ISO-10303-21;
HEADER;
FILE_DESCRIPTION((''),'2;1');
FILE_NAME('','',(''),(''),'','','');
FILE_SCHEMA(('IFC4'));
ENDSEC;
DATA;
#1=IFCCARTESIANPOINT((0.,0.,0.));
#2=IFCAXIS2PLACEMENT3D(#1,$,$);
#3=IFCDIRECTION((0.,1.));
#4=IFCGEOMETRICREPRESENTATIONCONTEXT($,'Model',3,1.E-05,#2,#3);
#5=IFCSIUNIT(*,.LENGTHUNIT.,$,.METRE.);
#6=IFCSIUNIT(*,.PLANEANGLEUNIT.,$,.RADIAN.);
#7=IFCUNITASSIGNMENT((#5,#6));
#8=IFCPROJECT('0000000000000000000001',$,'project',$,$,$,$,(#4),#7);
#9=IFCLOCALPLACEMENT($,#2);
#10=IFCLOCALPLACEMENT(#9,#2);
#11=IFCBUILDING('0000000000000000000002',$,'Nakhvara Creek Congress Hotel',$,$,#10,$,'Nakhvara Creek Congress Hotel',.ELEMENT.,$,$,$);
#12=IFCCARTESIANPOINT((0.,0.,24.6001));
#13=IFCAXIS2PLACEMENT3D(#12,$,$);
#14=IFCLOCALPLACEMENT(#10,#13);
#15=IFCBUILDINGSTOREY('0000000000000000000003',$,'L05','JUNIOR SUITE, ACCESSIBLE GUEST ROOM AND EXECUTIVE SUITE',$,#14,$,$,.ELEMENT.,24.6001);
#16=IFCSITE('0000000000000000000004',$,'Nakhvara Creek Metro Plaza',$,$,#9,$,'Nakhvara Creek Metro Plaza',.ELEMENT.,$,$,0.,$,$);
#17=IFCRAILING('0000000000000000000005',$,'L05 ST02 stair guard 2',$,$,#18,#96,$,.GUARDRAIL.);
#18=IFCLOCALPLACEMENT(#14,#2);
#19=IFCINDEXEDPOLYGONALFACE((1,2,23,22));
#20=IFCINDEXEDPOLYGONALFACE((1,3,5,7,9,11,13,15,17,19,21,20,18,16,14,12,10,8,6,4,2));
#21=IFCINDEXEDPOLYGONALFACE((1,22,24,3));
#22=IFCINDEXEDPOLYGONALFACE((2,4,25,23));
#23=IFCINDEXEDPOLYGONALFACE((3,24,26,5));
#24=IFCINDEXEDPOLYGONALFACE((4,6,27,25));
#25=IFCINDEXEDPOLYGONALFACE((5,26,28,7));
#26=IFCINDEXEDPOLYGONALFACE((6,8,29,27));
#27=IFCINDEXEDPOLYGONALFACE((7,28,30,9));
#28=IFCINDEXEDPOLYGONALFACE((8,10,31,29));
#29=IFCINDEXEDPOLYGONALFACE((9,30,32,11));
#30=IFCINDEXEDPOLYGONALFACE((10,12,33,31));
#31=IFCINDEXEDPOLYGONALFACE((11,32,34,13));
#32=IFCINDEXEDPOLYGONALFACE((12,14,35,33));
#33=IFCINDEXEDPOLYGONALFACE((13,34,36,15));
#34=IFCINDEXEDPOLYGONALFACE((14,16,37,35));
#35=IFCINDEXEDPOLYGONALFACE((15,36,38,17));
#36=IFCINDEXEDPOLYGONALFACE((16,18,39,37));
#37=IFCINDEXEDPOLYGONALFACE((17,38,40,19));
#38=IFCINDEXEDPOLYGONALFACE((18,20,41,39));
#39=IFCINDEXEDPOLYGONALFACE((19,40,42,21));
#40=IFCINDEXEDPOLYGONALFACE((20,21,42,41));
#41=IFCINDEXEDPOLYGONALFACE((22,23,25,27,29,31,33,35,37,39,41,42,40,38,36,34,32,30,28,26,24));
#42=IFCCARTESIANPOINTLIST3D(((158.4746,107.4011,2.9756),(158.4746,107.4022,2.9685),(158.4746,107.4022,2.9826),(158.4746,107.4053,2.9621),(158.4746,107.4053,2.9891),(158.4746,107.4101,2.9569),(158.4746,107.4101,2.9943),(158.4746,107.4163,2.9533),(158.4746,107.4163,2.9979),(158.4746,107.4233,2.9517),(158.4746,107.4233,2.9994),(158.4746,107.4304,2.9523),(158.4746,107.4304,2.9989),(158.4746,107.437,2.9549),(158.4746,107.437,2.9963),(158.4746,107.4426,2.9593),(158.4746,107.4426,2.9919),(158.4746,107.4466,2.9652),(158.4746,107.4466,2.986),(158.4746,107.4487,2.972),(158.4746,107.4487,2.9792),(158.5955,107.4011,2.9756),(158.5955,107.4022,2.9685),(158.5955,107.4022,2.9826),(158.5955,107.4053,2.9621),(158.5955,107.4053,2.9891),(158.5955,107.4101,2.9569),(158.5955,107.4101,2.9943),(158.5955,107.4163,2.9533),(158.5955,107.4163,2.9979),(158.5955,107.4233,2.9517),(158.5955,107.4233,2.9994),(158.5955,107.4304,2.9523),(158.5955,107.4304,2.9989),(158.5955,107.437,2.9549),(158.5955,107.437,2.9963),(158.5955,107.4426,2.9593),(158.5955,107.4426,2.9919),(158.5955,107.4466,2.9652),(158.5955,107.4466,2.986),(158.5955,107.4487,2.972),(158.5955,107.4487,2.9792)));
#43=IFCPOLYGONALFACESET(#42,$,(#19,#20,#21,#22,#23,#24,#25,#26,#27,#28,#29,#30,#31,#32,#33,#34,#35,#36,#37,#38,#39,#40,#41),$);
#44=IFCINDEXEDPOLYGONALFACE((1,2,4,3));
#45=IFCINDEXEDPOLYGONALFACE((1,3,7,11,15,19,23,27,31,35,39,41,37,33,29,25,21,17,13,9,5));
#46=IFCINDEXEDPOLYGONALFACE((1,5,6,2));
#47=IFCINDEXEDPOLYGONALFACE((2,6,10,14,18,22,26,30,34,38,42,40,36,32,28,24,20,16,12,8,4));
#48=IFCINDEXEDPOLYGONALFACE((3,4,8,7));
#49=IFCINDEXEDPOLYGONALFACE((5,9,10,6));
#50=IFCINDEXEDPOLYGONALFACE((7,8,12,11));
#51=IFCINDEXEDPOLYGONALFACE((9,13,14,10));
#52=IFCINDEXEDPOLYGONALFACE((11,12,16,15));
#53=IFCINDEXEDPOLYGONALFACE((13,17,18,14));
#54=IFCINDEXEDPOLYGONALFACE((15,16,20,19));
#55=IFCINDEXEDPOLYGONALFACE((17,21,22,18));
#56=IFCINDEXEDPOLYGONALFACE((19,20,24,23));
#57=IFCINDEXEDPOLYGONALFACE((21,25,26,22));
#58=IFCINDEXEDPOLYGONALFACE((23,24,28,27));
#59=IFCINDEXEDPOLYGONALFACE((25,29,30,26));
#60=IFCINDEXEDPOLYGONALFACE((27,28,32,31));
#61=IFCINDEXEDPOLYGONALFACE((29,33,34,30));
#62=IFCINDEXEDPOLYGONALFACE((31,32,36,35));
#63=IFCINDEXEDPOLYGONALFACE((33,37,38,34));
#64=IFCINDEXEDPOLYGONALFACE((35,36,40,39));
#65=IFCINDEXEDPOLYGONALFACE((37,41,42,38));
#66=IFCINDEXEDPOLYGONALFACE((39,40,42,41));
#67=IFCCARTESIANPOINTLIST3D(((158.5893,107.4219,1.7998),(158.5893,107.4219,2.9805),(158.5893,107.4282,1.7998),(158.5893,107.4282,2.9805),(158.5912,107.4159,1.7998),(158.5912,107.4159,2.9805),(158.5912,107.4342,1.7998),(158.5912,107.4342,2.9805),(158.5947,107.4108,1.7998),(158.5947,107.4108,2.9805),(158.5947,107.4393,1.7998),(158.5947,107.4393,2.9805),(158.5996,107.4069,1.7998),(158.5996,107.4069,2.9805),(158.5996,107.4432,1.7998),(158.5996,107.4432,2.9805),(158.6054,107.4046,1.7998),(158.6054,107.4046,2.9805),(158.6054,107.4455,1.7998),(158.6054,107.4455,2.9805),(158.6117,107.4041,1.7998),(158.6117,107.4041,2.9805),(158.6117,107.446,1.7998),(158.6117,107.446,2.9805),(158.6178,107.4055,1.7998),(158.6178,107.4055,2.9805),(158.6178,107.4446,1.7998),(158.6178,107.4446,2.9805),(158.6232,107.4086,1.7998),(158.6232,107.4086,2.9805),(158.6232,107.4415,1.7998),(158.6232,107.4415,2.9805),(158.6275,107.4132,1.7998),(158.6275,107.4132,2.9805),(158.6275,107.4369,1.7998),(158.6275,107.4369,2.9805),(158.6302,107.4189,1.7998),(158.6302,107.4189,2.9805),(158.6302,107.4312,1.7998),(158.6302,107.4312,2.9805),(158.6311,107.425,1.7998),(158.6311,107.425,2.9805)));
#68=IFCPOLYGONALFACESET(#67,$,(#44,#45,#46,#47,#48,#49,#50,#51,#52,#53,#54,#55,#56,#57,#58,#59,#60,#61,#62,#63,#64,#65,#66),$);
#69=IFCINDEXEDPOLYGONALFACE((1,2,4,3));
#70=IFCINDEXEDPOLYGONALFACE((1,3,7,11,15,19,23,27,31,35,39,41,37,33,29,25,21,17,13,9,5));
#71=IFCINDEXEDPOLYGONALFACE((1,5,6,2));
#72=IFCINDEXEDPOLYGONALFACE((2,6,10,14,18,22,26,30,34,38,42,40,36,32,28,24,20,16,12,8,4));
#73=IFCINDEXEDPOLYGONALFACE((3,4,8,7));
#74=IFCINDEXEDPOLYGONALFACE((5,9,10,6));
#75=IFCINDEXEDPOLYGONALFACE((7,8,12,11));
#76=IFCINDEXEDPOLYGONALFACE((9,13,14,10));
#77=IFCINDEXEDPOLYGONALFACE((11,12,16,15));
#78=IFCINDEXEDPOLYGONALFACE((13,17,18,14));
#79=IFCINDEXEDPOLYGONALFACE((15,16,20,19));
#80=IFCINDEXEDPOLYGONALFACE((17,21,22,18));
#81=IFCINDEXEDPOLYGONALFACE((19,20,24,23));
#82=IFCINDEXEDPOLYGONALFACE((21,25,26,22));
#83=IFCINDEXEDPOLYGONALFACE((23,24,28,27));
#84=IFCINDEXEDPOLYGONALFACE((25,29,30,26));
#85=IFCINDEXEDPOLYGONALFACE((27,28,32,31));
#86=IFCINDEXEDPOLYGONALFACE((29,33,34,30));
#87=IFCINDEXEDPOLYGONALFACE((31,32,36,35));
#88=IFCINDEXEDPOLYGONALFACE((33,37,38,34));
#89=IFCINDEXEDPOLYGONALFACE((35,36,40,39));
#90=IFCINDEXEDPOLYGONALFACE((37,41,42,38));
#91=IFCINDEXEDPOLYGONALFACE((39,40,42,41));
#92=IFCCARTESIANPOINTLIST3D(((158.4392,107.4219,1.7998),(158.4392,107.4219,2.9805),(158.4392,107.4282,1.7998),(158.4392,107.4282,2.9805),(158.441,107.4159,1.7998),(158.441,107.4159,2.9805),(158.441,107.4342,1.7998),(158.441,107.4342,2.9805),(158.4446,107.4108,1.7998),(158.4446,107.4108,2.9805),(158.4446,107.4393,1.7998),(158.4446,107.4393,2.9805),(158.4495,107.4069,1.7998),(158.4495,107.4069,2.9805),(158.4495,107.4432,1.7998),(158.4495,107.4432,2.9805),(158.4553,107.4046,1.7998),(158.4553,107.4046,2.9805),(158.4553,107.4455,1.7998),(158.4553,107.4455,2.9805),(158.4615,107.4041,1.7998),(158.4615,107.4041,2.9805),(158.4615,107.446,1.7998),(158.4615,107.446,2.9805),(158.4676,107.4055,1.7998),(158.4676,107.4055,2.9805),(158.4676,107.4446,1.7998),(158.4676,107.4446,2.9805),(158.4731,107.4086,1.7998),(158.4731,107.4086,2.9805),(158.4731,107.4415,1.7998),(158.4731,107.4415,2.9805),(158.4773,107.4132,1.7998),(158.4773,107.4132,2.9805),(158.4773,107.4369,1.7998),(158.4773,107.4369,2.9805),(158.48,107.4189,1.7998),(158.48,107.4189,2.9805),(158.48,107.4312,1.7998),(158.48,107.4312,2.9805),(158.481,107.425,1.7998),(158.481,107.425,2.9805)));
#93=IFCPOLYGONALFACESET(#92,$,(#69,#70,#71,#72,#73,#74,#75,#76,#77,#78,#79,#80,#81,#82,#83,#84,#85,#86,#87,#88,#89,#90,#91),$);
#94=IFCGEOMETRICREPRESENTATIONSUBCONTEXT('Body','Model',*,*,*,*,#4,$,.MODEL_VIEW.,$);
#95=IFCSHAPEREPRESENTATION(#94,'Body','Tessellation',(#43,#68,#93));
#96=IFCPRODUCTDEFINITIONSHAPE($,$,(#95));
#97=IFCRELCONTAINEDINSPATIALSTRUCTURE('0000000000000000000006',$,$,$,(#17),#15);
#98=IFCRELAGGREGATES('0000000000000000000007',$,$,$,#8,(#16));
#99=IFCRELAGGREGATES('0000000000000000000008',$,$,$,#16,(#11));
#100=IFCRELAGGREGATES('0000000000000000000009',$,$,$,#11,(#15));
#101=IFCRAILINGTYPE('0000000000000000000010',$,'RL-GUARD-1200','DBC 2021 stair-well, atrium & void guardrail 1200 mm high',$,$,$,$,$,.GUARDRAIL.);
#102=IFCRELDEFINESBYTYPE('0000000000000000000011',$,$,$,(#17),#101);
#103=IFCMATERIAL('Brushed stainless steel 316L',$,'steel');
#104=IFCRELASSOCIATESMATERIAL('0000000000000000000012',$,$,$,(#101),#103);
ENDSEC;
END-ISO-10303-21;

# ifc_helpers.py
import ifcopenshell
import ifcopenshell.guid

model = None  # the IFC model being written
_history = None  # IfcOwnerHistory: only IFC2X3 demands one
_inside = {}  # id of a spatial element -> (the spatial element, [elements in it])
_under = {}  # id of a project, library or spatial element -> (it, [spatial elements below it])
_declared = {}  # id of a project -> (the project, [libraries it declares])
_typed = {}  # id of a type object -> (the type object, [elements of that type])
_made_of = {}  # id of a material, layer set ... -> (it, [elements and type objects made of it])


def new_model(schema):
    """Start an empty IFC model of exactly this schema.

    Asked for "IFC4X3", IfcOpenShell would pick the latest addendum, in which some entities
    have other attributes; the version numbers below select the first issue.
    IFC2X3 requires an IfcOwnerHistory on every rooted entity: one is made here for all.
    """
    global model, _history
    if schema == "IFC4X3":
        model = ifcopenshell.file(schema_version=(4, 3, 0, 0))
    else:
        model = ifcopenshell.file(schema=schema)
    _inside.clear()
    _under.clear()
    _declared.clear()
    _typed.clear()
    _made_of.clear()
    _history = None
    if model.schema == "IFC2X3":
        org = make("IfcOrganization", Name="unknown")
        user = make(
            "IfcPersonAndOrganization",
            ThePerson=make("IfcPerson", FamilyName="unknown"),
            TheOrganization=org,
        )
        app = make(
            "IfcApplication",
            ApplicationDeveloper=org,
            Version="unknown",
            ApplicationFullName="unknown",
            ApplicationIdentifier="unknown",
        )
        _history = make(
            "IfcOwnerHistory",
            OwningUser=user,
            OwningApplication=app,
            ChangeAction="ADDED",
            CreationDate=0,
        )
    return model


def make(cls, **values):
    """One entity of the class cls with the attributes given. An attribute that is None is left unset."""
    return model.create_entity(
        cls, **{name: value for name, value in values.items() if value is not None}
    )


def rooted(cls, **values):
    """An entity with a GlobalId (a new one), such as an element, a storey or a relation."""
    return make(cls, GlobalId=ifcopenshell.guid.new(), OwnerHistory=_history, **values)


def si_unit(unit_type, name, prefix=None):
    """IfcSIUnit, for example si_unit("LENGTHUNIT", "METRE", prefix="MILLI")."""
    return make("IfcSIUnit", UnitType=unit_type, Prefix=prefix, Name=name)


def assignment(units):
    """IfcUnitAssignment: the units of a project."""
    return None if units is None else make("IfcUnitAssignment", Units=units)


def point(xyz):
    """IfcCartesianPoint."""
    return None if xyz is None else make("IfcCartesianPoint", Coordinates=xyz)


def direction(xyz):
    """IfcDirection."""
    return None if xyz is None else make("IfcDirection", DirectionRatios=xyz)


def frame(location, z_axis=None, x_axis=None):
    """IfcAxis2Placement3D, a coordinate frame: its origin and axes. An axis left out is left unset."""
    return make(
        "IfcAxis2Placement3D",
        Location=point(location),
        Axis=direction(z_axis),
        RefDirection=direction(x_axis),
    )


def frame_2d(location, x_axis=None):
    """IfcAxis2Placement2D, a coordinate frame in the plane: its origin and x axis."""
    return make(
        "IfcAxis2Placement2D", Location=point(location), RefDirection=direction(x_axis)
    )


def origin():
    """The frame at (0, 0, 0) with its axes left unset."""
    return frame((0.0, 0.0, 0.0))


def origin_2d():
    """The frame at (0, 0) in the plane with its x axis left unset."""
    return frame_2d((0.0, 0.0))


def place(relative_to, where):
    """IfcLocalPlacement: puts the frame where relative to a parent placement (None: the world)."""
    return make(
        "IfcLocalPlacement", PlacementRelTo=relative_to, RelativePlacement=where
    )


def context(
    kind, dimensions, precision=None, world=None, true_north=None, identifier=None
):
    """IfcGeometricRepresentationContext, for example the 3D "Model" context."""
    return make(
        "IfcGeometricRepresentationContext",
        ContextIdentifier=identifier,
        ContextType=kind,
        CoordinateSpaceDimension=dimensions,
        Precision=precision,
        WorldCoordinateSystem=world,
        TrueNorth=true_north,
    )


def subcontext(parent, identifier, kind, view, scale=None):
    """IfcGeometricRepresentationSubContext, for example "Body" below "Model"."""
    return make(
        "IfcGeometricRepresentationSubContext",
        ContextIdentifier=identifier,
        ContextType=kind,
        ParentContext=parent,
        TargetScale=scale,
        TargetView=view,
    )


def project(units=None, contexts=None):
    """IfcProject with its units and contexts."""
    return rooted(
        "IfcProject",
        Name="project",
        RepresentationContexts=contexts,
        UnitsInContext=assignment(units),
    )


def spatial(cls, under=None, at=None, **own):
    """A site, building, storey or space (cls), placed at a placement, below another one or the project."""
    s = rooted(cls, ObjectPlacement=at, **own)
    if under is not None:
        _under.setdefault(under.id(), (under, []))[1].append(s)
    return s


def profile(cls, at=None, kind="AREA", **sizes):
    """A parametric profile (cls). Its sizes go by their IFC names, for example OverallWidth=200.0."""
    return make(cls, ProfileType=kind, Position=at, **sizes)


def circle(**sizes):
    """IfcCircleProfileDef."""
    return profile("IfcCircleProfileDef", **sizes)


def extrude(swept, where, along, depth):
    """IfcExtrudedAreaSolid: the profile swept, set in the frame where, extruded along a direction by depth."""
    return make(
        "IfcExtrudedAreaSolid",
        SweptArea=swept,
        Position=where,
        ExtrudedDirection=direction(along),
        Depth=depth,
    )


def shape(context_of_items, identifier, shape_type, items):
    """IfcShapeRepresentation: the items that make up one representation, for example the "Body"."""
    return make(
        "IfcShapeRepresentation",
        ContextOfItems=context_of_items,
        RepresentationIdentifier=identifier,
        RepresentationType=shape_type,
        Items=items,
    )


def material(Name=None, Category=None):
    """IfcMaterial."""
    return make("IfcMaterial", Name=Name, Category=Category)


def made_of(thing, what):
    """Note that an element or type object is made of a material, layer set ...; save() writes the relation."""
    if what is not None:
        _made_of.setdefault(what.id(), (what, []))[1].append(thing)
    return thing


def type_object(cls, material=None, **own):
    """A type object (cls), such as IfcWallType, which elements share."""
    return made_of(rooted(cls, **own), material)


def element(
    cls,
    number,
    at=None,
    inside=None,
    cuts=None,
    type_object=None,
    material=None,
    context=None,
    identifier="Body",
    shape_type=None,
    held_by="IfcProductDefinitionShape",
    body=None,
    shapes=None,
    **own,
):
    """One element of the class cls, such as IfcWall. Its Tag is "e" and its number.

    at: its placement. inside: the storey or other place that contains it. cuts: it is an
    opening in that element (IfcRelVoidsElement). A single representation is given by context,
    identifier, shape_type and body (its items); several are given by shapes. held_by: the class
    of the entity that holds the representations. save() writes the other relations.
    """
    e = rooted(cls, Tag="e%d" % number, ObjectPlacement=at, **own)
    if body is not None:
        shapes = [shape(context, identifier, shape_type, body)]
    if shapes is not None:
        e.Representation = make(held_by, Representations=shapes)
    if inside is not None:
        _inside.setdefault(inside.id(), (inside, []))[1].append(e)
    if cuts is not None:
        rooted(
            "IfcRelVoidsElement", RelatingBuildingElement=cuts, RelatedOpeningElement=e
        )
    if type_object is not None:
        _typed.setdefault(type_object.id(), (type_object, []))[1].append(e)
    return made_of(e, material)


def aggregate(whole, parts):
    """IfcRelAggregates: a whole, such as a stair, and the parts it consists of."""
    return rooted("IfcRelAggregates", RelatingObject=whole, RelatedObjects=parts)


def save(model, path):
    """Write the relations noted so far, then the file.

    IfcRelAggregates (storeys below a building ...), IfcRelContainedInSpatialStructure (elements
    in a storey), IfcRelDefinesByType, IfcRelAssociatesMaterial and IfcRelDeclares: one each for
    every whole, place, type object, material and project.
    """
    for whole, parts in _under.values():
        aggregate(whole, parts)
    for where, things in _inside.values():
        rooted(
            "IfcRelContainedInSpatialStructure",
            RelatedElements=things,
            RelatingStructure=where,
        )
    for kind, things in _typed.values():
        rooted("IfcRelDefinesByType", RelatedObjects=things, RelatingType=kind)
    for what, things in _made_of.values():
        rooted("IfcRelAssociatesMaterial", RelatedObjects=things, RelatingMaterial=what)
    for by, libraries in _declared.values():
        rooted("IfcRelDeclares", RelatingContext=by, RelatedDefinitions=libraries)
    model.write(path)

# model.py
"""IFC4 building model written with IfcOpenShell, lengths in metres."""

from ifc_helpers import new_model, si_unit, direction, frame, origin, origin_2d, place, context, subcontext, project, spatial, circle, extrude, material, type_object, element, save


model = new_model("IFC4")

# Units and contexts
model_context = context("Model", 3, precision=1e-05, world=origin(), true_north=direction((0.0, 1.0)))
body_context = subcontext(model_context, "Body", "Model", "MODEL_VIEW")
ifc_project = project(units=[si_unit("LENGTHUNIT", "METRE"), si_unit("PLANEANGLEUNIT", "RADIAN")], contexts=[model_context])

# Site, building, storey
site_placement = place(None, origin())
site = spatial("IfcSite", under=ifc_project, at=site_placement, Name="Nakhvara Creek Metro Plaza", LongName="Nakhvara Creek Metro Plaza", CompositionType="ELEMENT", RefElevation=0.0)
building_placement = place(site_placement, origin())
building = spatial("IfcBuilding", under=site, at=building_placement, Name="Nakhvara Creek Congress Hotel", LongName="Nakhvara Creek Congress Hotel", CompositionType="ELEMENT")
storey_placement = place(building_placement, frame((0.0, 0.0, 24.6001)))
storey = spatial("IfcBuildingStorey", under=building, at=storey_placement, Name="L05", Description="JUNIOR SUITE, ACCESSIBLE GUEST ROOM AND EXECUTIVE SUITE", CompositionType="ELEMENT", Elevation=24.6001)

# Railing
ifc_material_1 = material(Name="Brushed stainless steel 316L", Category="steel")
railing_type_1 = type_object("IfcRailingType", Name="RL-GUARD-1200", Description="DBC 2021 stair-well, atrium & void guardrail 1200 mm high", PredefinedType="GUARDRAIL", material=ifc_material_1)
railing_1_placement = place(storey_placement, frame((158.6101, 107.425, 1.7998)))
element("IfcRailing", 1, at=railing_1_placement, inside=storey, type_object=railing_type_1, Name="L05 ST02 stair guard 2", PredefinedType="GUARDRAIL", context=body_context, shape_type="SweptSolid", body=[
    extrude(circle(Radius=0.0239, at=origin_2d()), frame((-0.0146, 0.0, 1.1758), z_axis=(-1.0, 0.0, 0.0), x_axis=(0.0, -1.0, 0.0)), (0.0, 0.0, 1.0), 0.1208),
    extrude(circle(Radius=0.021, at=origin_2d()), origin(), (0.0, 0.0, 1.0), 1.1807),
    extrude(circle(Radius=0.021, at=origin_2d()), frame((-0.1501, 0.0, 0.0)), (0.0, 0.0, 1.0), 1.1807),
])

save(model, "model.ifc")
